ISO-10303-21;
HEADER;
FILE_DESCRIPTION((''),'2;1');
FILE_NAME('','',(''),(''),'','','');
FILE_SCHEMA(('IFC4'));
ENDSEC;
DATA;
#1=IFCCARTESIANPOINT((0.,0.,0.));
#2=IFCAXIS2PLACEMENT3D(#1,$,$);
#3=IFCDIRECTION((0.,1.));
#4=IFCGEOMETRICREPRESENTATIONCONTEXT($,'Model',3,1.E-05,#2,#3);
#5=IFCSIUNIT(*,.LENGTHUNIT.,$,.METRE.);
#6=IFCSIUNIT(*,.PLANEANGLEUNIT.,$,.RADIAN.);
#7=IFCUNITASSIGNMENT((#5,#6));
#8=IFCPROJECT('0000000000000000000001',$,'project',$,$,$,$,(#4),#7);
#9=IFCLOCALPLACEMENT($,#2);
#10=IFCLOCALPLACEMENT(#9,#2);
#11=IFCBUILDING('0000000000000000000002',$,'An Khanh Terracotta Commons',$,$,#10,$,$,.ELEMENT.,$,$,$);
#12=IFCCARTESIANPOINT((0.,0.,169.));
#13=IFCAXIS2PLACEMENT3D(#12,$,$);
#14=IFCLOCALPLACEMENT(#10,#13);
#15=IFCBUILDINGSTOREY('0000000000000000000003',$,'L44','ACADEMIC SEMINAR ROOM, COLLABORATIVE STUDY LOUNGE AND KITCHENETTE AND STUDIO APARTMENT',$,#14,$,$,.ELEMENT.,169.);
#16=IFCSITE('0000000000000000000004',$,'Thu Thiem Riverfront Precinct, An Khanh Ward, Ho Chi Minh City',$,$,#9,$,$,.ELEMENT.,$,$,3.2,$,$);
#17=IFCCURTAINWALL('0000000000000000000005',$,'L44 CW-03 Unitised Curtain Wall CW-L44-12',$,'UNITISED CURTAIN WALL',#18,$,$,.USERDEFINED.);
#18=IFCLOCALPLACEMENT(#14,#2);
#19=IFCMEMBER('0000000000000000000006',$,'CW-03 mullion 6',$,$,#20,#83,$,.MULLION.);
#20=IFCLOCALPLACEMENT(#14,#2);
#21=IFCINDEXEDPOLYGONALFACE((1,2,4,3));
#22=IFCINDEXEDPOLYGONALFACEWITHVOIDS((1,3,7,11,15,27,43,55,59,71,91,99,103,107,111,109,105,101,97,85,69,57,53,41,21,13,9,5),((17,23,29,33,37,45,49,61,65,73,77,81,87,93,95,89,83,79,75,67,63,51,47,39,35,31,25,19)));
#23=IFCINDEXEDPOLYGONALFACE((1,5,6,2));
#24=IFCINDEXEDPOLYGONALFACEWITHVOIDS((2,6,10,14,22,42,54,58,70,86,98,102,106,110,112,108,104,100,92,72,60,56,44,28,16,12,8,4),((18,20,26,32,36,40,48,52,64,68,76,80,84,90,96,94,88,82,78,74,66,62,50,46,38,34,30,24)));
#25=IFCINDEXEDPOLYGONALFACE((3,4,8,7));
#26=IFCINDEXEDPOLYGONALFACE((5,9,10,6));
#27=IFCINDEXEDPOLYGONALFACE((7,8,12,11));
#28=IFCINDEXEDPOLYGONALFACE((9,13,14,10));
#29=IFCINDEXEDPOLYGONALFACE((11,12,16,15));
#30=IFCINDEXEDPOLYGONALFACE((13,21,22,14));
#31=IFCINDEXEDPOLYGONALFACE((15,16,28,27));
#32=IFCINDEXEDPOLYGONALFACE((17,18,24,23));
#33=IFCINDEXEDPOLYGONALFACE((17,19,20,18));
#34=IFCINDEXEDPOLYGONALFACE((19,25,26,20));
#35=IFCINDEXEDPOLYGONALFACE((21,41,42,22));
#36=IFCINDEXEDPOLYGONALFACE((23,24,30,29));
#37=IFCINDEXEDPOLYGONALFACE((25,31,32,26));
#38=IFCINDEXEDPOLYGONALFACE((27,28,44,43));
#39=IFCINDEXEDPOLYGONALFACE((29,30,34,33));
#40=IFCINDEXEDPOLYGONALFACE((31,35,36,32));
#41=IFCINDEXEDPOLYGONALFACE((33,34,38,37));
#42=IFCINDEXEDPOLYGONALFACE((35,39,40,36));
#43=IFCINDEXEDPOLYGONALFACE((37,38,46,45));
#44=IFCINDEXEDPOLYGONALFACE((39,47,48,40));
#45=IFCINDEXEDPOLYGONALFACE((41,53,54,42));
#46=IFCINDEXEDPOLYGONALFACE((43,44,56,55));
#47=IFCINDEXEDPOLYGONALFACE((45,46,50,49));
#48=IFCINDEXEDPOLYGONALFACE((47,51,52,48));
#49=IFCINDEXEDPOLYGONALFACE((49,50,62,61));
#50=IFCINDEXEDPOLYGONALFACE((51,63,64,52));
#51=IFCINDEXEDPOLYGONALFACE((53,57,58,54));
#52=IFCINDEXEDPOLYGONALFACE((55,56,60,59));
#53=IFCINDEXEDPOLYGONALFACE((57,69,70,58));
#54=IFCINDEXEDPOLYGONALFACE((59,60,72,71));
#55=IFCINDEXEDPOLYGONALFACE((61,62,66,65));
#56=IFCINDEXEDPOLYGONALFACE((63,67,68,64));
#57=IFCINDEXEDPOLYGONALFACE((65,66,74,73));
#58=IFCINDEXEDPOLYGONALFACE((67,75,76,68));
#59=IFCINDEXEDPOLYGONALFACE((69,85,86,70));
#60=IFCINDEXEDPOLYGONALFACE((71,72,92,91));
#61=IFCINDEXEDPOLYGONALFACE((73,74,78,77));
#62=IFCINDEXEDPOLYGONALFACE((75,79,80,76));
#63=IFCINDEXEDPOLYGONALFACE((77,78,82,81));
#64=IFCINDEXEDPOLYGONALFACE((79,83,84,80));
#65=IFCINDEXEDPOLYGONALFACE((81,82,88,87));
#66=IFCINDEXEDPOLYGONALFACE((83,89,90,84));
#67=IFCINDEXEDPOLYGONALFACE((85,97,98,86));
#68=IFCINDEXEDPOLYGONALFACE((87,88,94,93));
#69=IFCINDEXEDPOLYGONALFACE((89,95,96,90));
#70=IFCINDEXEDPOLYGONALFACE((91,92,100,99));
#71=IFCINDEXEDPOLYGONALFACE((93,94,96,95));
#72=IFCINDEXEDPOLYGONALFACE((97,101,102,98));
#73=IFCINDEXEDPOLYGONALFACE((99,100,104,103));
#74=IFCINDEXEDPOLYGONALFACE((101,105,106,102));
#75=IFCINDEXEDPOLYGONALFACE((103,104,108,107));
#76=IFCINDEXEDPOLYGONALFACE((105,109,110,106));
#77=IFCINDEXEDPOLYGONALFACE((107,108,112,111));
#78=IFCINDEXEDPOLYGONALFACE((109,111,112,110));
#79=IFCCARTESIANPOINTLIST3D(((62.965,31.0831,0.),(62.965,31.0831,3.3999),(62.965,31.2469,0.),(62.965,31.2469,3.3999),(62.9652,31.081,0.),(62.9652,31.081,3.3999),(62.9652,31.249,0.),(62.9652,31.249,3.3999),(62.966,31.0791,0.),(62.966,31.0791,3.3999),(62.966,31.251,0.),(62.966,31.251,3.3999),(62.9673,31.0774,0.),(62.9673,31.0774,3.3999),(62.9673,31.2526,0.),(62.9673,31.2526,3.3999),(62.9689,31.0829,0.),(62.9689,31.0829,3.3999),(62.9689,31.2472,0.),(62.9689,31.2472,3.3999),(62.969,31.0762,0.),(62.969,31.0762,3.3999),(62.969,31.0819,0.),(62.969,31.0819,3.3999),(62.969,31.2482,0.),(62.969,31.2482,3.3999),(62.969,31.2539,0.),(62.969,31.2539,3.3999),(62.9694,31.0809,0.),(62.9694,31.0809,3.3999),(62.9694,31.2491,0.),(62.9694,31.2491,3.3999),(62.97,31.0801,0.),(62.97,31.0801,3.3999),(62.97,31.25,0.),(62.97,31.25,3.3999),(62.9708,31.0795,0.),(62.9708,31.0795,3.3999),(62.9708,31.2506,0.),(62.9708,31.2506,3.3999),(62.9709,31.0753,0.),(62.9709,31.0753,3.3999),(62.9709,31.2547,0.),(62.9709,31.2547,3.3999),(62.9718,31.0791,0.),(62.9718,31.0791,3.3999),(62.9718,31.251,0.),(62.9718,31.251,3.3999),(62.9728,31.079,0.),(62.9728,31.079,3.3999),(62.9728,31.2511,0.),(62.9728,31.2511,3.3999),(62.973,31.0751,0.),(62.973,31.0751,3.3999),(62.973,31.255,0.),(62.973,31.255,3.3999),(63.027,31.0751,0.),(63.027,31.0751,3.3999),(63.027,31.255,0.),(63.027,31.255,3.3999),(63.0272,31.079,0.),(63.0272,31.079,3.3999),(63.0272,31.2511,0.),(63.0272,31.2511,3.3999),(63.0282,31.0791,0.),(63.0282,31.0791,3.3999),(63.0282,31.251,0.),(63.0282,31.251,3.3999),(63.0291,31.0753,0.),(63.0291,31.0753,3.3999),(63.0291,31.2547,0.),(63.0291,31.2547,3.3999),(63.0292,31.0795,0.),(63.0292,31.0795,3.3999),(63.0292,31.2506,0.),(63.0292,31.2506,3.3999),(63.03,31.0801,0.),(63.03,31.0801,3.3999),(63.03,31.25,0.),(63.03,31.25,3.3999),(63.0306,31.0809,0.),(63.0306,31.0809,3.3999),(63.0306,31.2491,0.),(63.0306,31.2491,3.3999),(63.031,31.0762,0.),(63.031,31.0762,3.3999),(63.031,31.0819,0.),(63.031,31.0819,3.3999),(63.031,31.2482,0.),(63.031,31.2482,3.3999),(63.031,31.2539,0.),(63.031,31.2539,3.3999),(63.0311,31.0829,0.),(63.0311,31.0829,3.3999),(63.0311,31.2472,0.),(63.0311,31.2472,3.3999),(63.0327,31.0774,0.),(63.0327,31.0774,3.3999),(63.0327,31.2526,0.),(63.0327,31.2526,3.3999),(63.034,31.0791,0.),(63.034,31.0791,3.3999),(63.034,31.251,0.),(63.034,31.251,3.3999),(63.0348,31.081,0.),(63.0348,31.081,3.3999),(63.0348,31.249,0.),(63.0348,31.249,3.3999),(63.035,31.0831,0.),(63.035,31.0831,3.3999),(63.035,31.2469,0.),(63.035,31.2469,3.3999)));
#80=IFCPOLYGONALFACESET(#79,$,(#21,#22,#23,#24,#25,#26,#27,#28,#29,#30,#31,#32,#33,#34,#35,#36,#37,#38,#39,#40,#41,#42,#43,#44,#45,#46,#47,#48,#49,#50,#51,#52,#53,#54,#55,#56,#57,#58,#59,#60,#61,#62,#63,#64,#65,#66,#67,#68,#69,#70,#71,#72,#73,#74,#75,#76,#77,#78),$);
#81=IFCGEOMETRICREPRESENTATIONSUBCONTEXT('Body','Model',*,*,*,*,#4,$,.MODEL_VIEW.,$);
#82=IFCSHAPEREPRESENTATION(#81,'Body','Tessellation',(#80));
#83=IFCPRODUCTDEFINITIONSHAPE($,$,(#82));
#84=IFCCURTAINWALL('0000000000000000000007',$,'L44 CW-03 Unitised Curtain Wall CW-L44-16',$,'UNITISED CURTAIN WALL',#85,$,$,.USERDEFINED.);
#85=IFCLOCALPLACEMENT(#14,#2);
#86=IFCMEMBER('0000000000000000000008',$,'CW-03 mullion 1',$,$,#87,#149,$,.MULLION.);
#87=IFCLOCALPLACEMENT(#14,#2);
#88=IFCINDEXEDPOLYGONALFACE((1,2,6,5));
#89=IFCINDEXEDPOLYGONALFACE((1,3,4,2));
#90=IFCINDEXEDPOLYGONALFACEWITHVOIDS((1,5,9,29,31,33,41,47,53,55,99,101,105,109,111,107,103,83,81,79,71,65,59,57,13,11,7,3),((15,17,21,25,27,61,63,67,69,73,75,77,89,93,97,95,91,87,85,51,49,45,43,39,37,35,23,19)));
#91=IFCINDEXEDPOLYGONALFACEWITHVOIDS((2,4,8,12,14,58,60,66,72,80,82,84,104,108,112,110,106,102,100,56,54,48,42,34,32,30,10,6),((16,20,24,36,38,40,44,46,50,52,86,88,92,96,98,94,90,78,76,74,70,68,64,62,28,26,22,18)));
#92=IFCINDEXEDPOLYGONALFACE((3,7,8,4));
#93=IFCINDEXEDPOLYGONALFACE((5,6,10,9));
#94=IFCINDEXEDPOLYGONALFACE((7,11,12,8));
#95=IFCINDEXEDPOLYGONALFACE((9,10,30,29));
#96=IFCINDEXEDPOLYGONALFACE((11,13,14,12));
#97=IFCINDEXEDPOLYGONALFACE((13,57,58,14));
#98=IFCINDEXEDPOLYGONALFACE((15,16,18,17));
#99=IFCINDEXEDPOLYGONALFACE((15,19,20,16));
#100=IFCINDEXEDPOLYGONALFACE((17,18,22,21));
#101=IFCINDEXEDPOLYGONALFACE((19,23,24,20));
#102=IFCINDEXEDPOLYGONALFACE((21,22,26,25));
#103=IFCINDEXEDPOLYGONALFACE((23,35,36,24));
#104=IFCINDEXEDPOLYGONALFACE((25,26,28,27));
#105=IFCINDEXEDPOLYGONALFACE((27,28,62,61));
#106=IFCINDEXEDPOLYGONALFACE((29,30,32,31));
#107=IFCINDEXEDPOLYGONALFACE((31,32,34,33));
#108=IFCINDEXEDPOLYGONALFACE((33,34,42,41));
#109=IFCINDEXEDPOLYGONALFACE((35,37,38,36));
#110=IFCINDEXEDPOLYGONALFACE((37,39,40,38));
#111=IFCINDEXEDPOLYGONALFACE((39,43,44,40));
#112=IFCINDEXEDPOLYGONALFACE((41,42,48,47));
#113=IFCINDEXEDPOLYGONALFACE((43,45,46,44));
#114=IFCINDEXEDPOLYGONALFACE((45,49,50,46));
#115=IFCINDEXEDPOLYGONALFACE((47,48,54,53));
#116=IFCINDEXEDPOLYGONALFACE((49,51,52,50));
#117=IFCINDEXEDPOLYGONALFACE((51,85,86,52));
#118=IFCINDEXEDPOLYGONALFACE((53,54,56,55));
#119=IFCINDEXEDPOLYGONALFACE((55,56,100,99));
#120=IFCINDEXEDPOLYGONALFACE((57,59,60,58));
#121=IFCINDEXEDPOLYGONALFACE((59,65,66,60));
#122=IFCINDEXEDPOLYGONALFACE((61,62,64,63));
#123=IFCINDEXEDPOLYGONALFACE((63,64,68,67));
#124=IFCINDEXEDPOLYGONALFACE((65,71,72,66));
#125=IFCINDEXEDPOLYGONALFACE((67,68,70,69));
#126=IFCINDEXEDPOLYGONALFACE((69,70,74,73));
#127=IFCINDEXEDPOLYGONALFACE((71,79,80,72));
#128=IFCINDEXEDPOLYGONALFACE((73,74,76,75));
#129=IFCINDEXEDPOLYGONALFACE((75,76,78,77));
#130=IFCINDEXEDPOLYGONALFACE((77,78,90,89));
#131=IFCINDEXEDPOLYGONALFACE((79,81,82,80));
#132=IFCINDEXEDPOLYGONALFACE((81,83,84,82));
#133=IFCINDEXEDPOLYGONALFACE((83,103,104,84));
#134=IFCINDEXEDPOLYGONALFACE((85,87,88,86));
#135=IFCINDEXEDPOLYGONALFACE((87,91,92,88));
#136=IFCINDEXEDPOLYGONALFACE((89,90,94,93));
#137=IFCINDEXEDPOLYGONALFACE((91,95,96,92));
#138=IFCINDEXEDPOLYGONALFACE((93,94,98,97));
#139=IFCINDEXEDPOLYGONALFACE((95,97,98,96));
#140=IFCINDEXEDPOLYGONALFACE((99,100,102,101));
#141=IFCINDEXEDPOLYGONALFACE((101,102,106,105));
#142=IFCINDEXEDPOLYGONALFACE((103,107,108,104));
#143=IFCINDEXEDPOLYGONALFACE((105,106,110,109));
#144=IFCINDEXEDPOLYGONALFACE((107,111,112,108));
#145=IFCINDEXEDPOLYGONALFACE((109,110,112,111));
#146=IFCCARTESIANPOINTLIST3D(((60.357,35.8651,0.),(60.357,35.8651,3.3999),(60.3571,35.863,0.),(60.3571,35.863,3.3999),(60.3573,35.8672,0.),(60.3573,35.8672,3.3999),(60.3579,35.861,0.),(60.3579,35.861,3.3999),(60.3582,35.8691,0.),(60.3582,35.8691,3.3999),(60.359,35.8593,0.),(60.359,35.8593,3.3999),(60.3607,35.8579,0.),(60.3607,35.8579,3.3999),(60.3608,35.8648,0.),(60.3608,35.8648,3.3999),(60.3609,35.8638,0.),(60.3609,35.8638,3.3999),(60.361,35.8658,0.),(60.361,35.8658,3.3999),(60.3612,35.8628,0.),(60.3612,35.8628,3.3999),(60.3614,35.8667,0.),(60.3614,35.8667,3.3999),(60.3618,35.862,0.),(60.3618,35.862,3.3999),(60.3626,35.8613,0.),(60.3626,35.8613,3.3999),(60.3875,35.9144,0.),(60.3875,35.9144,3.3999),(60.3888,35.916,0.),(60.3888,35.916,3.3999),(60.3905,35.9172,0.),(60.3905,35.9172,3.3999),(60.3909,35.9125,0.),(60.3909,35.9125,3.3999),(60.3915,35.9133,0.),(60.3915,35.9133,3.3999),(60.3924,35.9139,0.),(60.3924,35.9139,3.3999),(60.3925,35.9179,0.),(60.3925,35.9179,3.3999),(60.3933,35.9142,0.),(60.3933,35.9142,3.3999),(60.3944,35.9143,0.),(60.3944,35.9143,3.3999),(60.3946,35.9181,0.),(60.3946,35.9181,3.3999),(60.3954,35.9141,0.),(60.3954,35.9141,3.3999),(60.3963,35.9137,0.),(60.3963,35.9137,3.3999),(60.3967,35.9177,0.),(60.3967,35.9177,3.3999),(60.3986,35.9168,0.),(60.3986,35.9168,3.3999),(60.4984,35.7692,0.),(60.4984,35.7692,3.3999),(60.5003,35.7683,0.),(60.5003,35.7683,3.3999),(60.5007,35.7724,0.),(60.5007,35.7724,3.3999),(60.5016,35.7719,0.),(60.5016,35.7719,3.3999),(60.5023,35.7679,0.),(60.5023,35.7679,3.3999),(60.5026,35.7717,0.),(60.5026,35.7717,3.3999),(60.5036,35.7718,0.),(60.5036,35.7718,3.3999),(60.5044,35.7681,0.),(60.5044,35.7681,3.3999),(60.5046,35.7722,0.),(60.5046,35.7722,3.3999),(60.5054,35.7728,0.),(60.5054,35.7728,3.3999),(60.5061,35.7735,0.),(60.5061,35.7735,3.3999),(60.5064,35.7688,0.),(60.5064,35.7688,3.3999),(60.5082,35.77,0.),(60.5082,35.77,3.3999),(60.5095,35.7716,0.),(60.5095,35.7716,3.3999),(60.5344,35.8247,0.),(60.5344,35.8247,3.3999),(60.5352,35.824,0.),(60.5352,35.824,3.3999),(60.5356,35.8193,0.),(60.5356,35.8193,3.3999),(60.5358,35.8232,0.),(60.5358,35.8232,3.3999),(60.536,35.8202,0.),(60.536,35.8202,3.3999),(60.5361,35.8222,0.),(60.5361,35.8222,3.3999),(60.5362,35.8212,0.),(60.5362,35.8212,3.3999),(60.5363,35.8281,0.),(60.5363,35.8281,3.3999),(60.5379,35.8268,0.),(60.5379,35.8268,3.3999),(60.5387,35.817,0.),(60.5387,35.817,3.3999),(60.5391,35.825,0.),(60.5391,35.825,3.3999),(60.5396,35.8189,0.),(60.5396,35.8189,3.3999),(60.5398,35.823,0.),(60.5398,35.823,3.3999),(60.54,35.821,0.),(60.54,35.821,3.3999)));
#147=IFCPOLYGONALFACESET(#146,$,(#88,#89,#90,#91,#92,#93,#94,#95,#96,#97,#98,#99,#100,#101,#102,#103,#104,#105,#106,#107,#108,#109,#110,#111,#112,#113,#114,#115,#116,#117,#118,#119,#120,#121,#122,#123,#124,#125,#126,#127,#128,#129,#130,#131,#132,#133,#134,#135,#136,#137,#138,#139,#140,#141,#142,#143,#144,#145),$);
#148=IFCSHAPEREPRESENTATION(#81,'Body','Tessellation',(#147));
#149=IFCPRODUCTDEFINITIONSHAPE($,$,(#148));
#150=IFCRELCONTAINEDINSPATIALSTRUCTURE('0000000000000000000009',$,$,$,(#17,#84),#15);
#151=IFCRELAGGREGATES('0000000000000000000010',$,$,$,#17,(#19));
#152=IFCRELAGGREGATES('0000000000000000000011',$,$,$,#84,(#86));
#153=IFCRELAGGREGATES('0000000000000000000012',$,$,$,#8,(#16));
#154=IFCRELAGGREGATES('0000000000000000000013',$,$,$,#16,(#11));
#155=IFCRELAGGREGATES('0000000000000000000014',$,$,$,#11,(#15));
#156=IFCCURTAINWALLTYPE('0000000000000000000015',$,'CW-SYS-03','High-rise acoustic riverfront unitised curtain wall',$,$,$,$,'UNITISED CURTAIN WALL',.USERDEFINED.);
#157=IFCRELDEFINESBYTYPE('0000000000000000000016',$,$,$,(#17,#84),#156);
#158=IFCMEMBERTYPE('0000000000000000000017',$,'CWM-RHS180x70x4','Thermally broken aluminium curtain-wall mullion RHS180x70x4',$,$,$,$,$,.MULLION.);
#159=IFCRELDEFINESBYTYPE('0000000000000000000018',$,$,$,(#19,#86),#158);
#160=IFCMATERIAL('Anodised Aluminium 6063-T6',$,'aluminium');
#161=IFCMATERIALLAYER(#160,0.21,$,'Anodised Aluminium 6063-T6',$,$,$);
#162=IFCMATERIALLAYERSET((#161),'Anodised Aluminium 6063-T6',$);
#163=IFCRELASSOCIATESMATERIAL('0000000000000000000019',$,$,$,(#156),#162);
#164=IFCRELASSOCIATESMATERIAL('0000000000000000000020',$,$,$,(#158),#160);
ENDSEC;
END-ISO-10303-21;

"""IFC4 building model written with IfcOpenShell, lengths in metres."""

from ifc_helpers import new_model, si_unit, direction, frame, origin, origin_2d, place, context, subcontext, project, spatial, hollow_rectangle, extrude, material, layer, layer_set, material_profile, profile_set, type_object, element, aggregate, save


model = new_model("IFC4")

# Units and contexts
model_context = context("Model", 3, precision=1e-05, world=origin(), true_north=direction((0.0, 1.0)))
body_context = subcontext(model_context, "Body", "Model", "MODEL_VIEW")
ifc_project = project(units=[si_unit("LENGTHUNIT", "METRE"), si_unit("PLANEANGLEUNIT", "RADIAN")], contexts=[model_context])

# Site, building, storey
site_placement = place(None, origin())
site = spatial("IfcSite", under=ifc_project, at=site_placement, Name="Thu Thiem Riverfront Precinct, An Khanh Ward, Ho Chi Minh City", CompositionType="ELEMENT", RefElevation=3.2)
building_placement = place(site_placement, origin())
building = spatial("IfcBuilding", under=site, at=building_placement, Name="An Khanh Terracotta Commons", CompositionType="ELEMENT")
storey_placement = place(building_placement, frame((0.0, 0.0, 169.0)))
storey = spatial("IfcBuildingStorey", under=building, at=storey_placement, Name="L44", Description="ACADEMIC SEMINAR ROOM, COLLABORATIVE STUDY LOUNGE AND KITCHENETTE AND STUDIO APARTMENT", CompositionType="ELEMENT", Elevation=169.0)

# Curtain walls, members
ifc_material_1 = material(Name="Anodised Aluminium 6063-T6", Category="aluminium")
ifc_layer_1 = layer(ifc_material_1, 0.21, Name="Anodised Aluminium 6063-T6")
ifc_layer_set_1 = layer_set([ifc_layer_1], Name="Anodised Aluminium 6063-T6")
curtain_wall_type = type_object("IfcCurtainWallType", Name="CW-SYS-03", Description="High-rise acoustic riverfront unitised curtain wall", ElementType="UNITISED CURTAIN WALL", PredefinedType="USERDEFINED", material=ifc_layer_set_1)
curtain_wall_1_placement = place(storey_placement, origin())
curtain_wall_1 = element("IfcCurtainWall", 1, at=curtain_wall_1_placement, inside=storey, type_object=curtain_wall_type, Name="L44 CW-03 Unitised Curtain Wall CW-L44-12", ObjectType="UNITISED CURTAIN WALL", PredefinedType="USERDEFINED")
ifc_material_profile_1 = material_profile(ifc_material_1, hollow_rectangle(XDim=0.0701, YDim=0.1799, WallThickness=0.0039, InnerFilletRadius=0.0039, OuterFilletRadius=0.0081, at=origin_2d()), Name="RHS180x70x4")
ifc_profile_set_1 = profile_set([ifc_material_profile_1], Name="Anodised Aluminium 6063-T6")
member_type_1 = type_object("IfcMemberType", Name="CWM-RHS180x70x4", Description="Thermally broken aluminium curtain-wall mullion RHS180x70x4", PredefinedType="MULLION", material=ifc_profile_set_1)
member_1_placement = place(storey_placement, frame((63.0, 31.165, 0.0), z_axis=(0.0, 0.0, 1.0), x_axis=(-1.0, 0.0, 0.0)))
member_1 = element("IfcMember", 2, at=member_1_placement, type_object=member_type_1, Name="CW-03 mullion 6", PredefinedType="MULLION", context=body_context, shape_type="SweptSolid", body=[
    extrude(hollow_rectangle(XDim=0.0701, YDim=0.1799, WallThickness=0.0039, InnerFilletRadius=0.0039, OuterFilletRadius=0.0081, at=origin_2d()), origin(), (0.0, 0.0, 1.0), 3.3999),
])
curtain_wall_2_placement = place(storey_placement, origin())
curtain_wall_2 = element("IfcCurtainWall", 3, at=curtain_wall_2_placement, inside=storey, type_object=curtain_wall_type, Name="L44 CW-03 Unitised Curtain Wall CW-L44-16", ObjectType="UNITISED CURTAIN WALL", PredefinedType="USERDEFINED")
member_2_placement = place(storey_placement, frame((60.4485, 35.843, 0.0), z_axis=(0.0, 0.0, 1.0), x_axis=(-0.541498, -0.840702, 0.0)))
member_2 = element("IfcMember", 4, at=member_2_placement, type_object=member_type_1, Name="CW-03 mullion 1", PredefinedType="MULLION", context=body_context, shape_type="SweptSolid", body=[
    extrude(hollow_rectangle(XDim=0.0701, YDim=0.1799, WallThickness=0.0039, InnerFilletRadius=0.0039, OuterFilletRadius=0.0081, at=origin_2d()), origin(), (0.0, 0.0, 1.0), 3.3999),
])

aggregate(curtain_wall_1, [member_1])
aggregate(curtain_wall_2, [member_2])

save(model, "model.ifc")
